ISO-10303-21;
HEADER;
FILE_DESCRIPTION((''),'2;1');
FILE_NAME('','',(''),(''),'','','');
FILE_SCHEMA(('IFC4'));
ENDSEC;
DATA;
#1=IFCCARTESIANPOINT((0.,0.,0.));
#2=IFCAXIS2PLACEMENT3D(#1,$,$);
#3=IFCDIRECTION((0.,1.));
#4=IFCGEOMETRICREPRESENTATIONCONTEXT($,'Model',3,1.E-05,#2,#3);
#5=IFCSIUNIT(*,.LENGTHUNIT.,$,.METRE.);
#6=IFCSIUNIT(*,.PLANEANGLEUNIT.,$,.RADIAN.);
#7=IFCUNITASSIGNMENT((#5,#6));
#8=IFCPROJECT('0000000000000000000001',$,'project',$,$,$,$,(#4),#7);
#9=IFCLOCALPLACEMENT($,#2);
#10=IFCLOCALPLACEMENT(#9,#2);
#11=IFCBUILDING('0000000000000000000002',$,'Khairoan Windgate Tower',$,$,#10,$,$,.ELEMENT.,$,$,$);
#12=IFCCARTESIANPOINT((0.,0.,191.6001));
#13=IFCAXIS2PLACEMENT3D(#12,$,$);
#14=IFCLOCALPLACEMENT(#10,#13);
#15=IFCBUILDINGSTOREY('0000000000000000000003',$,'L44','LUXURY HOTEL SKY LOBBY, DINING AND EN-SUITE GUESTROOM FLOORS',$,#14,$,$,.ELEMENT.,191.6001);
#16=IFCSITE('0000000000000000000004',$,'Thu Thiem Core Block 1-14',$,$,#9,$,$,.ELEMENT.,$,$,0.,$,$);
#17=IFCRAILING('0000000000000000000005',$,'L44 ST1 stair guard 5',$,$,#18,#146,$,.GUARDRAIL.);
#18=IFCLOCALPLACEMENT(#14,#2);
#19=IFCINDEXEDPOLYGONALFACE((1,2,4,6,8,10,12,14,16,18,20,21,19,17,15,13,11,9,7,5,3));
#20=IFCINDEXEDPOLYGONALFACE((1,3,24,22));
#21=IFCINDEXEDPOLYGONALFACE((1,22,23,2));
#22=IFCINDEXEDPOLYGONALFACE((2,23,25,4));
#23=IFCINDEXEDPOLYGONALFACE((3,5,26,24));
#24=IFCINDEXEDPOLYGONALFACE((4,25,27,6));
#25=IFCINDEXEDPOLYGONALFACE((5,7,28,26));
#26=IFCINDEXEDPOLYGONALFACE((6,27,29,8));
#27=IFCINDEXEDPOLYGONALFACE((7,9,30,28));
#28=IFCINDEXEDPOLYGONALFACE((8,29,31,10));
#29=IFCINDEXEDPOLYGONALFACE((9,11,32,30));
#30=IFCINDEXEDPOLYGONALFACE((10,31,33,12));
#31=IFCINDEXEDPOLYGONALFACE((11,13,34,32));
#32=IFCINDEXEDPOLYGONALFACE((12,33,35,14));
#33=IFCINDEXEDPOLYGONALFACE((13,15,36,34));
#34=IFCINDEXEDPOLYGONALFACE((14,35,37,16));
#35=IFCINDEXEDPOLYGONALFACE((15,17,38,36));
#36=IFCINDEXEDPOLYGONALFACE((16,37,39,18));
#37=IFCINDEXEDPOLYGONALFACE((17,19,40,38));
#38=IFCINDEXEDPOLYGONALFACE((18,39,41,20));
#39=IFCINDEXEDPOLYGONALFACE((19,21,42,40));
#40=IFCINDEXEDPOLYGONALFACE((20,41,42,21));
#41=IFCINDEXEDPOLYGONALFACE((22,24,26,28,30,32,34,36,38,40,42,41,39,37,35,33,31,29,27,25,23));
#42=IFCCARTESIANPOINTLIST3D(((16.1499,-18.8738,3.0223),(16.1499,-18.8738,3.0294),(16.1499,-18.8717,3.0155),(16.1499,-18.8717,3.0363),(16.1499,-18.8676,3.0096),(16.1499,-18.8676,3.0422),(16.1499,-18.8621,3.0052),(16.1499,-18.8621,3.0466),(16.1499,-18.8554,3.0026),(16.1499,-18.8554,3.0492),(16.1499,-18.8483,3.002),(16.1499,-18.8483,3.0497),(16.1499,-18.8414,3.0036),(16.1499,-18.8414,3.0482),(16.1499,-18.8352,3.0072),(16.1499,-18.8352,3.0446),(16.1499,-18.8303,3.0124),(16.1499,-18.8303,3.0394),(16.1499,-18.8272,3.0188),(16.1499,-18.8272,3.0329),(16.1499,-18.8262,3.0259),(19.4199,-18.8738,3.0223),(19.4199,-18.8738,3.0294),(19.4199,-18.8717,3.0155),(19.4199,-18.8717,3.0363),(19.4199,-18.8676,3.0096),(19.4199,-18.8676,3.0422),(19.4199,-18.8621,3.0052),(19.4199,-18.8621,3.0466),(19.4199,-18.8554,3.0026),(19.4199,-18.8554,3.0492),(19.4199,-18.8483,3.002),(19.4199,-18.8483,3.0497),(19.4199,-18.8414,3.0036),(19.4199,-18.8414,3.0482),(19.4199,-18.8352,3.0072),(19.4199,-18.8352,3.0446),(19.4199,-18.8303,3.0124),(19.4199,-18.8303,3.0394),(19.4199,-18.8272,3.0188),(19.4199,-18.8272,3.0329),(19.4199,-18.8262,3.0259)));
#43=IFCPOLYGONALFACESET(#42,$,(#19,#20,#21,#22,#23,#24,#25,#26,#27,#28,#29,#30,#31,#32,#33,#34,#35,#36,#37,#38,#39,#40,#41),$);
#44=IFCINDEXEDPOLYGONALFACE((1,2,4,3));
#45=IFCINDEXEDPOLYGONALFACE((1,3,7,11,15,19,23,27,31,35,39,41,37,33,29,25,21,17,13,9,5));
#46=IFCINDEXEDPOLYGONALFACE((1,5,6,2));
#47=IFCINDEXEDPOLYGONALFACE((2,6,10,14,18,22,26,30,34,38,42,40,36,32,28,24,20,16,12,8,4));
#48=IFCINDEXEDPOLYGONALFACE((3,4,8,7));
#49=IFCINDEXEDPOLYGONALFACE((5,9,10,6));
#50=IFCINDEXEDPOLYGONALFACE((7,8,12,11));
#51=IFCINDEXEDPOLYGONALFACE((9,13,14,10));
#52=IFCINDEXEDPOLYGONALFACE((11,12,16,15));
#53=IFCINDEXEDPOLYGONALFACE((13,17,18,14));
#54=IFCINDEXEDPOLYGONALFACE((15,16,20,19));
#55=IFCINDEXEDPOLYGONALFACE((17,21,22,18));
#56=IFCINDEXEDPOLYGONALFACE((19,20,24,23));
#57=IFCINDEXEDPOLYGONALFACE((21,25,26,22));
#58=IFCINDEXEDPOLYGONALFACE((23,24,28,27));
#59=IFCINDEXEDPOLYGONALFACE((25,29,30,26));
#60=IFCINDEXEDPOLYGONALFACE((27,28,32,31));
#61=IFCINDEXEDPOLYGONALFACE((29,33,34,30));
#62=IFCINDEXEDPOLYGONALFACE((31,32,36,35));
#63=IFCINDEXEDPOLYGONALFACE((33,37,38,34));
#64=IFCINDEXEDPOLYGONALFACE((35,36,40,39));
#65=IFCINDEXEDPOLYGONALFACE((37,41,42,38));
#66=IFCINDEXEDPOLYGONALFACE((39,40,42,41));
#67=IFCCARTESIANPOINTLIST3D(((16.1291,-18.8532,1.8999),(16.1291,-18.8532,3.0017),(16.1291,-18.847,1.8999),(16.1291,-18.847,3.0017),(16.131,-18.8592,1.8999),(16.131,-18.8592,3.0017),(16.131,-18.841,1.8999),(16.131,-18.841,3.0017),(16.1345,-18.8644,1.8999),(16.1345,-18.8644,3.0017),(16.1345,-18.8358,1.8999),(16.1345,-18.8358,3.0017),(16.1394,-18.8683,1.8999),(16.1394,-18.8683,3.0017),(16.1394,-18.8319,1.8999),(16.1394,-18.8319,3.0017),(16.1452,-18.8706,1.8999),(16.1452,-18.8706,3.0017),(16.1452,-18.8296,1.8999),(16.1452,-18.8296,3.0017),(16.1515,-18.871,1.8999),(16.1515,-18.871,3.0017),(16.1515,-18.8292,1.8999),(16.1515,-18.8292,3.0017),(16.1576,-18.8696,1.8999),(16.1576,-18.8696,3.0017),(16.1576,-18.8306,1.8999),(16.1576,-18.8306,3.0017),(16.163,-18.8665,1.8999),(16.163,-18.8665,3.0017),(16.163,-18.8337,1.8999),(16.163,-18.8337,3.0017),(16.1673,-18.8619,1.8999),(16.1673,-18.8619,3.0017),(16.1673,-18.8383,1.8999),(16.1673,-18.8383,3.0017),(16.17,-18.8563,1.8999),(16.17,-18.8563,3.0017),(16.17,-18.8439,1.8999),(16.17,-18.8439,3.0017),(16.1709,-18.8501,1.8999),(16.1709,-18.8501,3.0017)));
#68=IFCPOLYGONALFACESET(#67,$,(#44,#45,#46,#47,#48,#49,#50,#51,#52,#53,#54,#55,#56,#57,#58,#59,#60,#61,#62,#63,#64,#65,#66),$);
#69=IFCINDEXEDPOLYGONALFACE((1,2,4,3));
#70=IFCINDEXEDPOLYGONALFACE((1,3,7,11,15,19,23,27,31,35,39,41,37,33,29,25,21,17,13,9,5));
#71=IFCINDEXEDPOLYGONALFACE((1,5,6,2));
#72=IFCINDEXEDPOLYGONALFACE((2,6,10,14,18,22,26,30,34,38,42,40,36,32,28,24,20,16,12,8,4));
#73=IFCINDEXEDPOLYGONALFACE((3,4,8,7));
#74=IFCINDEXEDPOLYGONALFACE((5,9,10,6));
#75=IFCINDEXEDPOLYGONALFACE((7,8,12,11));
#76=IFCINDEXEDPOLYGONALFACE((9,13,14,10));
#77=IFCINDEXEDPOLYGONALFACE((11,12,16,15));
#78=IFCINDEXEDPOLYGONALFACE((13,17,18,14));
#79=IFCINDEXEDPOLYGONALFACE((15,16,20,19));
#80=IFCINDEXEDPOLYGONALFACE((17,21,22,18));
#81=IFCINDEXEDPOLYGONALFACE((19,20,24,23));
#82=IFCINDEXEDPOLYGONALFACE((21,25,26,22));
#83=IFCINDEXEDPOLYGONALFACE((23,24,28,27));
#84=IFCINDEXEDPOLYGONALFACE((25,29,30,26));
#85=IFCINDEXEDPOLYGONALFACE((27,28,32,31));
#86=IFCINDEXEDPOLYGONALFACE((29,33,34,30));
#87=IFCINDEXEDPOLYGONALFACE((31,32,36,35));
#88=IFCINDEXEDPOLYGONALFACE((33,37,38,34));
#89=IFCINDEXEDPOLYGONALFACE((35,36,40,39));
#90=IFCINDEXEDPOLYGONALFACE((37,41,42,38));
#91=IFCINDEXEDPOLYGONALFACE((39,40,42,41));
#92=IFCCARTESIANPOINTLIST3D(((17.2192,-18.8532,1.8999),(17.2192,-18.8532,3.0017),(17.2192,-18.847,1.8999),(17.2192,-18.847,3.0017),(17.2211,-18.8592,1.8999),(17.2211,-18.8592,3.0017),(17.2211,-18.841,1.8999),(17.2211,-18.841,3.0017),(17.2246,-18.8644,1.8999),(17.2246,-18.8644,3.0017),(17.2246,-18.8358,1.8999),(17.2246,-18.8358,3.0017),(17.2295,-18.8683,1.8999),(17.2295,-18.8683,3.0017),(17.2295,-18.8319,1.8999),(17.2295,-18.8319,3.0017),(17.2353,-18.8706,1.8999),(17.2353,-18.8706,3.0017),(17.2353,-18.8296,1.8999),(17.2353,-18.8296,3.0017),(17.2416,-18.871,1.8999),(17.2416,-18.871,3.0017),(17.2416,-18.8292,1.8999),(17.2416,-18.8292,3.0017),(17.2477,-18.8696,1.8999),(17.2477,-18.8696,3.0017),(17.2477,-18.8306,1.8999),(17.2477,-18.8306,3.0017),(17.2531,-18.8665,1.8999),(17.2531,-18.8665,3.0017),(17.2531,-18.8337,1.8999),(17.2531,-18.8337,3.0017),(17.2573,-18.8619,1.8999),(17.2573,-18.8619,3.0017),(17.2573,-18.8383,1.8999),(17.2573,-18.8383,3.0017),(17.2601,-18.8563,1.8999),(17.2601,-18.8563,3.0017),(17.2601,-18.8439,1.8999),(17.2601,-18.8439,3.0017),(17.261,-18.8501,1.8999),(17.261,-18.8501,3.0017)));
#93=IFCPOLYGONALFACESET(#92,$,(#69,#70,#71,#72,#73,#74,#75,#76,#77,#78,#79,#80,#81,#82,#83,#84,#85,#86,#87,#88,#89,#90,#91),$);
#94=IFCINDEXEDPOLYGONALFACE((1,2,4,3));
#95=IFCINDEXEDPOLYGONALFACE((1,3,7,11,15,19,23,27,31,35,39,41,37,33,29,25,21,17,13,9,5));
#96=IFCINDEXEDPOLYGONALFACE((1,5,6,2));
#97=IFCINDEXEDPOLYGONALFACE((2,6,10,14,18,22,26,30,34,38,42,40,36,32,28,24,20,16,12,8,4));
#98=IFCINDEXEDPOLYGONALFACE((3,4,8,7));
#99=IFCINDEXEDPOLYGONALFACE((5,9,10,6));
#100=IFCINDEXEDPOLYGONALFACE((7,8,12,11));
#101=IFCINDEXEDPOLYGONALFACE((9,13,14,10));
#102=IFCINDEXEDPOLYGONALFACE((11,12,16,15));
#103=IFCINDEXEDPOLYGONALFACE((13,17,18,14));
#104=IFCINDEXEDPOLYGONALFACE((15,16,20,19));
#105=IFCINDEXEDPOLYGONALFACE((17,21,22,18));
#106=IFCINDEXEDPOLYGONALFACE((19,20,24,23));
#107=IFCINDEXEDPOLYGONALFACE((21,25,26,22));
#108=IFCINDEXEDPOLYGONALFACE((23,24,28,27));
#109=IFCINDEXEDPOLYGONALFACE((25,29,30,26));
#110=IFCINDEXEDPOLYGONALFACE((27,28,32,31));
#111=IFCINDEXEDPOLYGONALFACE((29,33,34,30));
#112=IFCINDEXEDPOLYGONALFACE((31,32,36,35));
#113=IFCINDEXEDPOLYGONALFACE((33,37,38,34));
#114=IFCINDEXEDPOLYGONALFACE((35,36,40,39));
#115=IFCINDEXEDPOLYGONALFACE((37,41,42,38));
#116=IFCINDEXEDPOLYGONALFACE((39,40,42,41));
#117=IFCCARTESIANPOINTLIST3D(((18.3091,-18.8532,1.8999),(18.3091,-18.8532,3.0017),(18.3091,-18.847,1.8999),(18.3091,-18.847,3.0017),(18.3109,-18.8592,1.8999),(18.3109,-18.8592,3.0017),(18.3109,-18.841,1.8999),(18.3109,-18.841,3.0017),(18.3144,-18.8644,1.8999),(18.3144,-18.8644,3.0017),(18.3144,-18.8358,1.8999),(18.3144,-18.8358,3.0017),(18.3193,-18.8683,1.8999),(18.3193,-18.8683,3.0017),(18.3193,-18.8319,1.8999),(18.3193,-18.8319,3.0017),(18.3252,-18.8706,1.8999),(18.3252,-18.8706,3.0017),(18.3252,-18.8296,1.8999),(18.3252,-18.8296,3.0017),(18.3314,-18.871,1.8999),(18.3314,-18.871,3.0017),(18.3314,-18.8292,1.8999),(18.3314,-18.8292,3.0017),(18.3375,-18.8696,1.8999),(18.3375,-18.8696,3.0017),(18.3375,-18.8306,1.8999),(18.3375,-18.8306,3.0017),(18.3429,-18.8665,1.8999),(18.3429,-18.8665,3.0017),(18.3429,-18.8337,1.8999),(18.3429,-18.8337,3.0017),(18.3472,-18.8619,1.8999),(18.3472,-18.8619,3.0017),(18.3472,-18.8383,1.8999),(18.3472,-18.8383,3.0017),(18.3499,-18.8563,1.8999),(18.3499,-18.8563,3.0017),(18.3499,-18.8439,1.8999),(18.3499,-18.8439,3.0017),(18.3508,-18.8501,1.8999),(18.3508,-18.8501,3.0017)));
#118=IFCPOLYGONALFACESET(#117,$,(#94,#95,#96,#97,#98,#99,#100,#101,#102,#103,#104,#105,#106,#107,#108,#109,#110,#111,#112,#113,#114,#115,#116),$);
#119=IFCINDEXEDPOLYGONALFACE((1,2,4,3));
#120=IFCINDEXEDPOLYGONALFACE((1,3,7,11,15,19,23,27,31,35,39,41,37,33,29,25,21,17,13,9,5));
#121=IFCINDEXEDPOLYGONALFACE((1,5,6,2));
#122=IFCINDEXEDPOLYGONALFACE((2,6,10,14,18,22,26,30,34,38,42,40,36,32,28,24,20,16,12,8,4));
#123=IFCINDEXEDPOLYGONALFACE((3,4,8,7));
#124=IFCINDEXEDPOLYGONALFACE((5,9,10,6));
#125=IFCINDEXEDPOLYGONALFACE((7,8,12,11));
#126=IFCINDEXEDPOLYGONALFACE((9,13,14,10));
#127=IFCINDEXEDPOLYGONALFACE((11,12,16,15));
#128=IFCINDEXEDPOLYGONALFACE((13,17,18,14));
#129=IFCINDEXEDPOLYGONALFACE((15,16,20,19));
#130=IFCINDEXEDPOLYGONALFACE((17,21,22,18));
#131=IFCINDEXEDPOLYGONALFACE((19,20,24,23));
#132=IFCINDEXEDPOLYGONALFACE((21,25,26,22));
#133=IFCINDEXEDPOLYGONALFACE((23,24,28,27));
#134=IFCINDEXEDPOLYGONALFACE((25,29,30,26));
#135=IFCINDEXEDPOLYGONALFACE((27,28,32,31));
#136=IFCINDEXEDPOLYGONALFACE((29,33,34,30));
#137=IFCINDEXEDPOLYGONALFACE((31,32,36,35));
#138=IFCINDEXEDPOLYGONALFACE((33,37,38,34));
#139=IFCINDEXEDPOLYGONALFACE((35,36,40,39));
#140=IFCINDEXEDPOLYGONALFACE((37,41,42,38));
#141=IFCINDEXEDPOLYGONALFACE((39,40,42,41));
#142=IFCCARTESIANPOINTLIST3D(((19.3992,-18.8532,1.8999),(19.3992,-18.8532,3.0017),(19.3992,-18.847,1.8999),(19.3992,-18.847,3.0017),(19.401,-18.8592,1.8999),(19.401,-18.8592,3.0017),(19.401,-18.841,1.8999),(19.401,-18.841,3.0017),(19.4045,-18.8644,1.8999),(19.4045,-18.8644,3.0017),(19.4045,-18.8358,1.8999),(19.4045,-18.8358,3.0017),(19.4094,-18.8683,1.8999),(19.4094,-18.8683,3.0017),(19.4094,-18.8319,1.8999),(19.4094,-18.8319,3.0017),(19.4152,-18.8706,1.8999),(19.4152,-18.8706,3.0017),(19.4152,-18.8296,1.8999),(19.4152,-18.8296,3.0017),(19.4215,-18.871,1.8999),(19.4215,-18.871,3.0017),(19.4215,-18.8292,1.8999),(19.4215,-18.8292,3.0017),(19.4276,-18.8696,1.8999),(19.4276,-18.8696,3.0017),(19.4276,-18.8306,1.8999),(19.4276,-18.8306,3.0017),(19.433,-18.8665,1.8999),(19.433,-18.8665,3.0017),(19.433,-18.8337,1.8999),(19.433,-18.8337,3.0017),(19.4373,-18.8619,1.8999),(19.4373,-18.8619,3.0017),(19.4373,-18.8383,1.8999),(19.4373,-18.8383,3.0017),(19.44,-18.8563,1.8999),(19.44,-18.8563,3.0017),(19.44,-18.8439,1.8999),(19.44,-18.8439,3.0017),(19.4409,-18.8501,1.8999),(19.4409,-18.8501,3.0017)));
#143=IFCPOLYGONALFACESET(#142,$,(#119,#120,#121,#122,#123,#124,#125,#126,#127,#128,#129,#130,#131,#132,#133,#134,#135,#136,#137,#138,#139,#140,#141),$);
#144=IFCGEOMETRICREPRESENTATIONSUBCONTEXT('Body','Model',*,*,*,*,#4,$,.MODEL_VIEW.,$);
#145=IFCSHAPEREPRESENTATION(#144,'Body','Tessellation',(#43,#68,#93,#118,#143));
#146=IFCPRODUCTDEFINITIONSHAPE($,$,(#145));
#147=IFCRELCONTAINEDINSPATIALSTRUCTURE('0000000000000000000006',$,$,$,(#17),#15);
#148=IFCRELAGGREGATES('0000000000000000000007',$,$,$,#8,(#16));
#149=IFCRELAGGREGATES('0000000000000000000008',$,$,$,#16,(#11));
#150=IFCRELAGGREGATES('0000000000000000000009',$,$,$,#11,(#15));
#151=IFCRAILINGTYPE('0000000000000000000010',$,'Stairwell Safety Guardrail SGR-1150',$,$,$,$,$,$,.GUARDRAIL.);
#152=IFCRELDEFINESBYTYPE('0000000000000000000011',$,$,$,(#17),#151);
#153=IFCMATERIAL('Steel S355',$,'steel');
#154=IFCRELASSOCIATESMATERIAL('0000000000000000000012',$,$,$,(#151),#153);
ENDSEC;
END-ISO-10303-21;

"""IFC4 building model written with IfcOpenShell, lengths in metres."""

from ifc_helpers import new_model, si_unit, direction, frame, origin, origin_2d, place, context, subcontext, project, spatial, circle, extrude, material, type_object, element, save


model = new_model("IFC4")

# Units and contexts
model_context = context("Model", 3, precision=1e-05, world=origin(), true_north=direction((0.0, 1.0)))
body_context = subcontext(model_context, "Body", "Model", "MODEL_VIEW")
ifc_project = project(units=[si_unit("LENGTHUNIT", "METRE"), si_unit("PLANEANGLEUNIT", "RADIAN")], contexts=[model_context])

# Site, building, storey
site_placement = place(None, origin())
site = spatial("IfcSite", under=ifc_project, at=site_placement, Name="Thu Thiem Core Block 1-14", CompositionType="ELEMENT", RefElevation=0.0)
building_placement = place(site_placement, origin())
building = spatial("IfcBuilding", under=site, at=building_placement, Name="Khairoan Windgate Tower", CompositionType="ELEMENT")
storey_placement = place(building_placement, frame((0.0, 0.0, 191.6001)))
storey = spatial("IfcBuildingStorey", under=building, at=storey_placement, Name="L44", Description="LUXURY HOTEL SKY LOBBY, DINING AND EN-SUITE GUESTROOM FLOORS", CompositionType="ELEMENT", Elevation=191.6001)

# Railing
ifc_material_1 = material(Name="Steel S355", Category="steel")
railing_type = type_object("IfcRailingType", Name="Stairwell Safety Guardrail SGR-1150", PredefinedType="GUARDRAIL", material=ifc_material_1)
railing_1_placement = place(storey_placement, frame((16.1499, -18.8501, 1.8999)))
element("IfcRailing", 1, at=railing_1_placement, inside=storey, type_object=railing_type, Name="L44 ST1 stair guard 5", PredefinedType="GUARDRAIL", context=body_context, shape_type="SweptSolid", body=[
    extrude(circle(Radius=0.0239, at=origin_2d()), frame((0.0, 0.0, 1.126), z_axis=(1.0, 0.0, 0.0), x_axis=(0.0, 1.0, 0.0)), (0.0, 0.0, 1.0), 3.27),
    extrude(circle(Radius=0.021, at=origin_2d()), origin(), (0.0, 0.0, 1.0), 1.1018),
    extrude(circle(Radius=0.021, at=origin_2d()), frame((1.0901, 0.0, 0.0)), (0.0, 0.0, 1.0), 1.1018),
    extrude(circle(Radius=0.021, at=origin_2d()), frame((2.1799, 0.0, 0.0)), (0.0, 0.0, 1.0), 1.1018),
    extrude(circle(Radius=0.021, at=origin_2d()), frame((3.27, 0.0, 0.0)), (0.0, 0.0, 1.0), 1.1018),
])

save(model, "model.ifc")
